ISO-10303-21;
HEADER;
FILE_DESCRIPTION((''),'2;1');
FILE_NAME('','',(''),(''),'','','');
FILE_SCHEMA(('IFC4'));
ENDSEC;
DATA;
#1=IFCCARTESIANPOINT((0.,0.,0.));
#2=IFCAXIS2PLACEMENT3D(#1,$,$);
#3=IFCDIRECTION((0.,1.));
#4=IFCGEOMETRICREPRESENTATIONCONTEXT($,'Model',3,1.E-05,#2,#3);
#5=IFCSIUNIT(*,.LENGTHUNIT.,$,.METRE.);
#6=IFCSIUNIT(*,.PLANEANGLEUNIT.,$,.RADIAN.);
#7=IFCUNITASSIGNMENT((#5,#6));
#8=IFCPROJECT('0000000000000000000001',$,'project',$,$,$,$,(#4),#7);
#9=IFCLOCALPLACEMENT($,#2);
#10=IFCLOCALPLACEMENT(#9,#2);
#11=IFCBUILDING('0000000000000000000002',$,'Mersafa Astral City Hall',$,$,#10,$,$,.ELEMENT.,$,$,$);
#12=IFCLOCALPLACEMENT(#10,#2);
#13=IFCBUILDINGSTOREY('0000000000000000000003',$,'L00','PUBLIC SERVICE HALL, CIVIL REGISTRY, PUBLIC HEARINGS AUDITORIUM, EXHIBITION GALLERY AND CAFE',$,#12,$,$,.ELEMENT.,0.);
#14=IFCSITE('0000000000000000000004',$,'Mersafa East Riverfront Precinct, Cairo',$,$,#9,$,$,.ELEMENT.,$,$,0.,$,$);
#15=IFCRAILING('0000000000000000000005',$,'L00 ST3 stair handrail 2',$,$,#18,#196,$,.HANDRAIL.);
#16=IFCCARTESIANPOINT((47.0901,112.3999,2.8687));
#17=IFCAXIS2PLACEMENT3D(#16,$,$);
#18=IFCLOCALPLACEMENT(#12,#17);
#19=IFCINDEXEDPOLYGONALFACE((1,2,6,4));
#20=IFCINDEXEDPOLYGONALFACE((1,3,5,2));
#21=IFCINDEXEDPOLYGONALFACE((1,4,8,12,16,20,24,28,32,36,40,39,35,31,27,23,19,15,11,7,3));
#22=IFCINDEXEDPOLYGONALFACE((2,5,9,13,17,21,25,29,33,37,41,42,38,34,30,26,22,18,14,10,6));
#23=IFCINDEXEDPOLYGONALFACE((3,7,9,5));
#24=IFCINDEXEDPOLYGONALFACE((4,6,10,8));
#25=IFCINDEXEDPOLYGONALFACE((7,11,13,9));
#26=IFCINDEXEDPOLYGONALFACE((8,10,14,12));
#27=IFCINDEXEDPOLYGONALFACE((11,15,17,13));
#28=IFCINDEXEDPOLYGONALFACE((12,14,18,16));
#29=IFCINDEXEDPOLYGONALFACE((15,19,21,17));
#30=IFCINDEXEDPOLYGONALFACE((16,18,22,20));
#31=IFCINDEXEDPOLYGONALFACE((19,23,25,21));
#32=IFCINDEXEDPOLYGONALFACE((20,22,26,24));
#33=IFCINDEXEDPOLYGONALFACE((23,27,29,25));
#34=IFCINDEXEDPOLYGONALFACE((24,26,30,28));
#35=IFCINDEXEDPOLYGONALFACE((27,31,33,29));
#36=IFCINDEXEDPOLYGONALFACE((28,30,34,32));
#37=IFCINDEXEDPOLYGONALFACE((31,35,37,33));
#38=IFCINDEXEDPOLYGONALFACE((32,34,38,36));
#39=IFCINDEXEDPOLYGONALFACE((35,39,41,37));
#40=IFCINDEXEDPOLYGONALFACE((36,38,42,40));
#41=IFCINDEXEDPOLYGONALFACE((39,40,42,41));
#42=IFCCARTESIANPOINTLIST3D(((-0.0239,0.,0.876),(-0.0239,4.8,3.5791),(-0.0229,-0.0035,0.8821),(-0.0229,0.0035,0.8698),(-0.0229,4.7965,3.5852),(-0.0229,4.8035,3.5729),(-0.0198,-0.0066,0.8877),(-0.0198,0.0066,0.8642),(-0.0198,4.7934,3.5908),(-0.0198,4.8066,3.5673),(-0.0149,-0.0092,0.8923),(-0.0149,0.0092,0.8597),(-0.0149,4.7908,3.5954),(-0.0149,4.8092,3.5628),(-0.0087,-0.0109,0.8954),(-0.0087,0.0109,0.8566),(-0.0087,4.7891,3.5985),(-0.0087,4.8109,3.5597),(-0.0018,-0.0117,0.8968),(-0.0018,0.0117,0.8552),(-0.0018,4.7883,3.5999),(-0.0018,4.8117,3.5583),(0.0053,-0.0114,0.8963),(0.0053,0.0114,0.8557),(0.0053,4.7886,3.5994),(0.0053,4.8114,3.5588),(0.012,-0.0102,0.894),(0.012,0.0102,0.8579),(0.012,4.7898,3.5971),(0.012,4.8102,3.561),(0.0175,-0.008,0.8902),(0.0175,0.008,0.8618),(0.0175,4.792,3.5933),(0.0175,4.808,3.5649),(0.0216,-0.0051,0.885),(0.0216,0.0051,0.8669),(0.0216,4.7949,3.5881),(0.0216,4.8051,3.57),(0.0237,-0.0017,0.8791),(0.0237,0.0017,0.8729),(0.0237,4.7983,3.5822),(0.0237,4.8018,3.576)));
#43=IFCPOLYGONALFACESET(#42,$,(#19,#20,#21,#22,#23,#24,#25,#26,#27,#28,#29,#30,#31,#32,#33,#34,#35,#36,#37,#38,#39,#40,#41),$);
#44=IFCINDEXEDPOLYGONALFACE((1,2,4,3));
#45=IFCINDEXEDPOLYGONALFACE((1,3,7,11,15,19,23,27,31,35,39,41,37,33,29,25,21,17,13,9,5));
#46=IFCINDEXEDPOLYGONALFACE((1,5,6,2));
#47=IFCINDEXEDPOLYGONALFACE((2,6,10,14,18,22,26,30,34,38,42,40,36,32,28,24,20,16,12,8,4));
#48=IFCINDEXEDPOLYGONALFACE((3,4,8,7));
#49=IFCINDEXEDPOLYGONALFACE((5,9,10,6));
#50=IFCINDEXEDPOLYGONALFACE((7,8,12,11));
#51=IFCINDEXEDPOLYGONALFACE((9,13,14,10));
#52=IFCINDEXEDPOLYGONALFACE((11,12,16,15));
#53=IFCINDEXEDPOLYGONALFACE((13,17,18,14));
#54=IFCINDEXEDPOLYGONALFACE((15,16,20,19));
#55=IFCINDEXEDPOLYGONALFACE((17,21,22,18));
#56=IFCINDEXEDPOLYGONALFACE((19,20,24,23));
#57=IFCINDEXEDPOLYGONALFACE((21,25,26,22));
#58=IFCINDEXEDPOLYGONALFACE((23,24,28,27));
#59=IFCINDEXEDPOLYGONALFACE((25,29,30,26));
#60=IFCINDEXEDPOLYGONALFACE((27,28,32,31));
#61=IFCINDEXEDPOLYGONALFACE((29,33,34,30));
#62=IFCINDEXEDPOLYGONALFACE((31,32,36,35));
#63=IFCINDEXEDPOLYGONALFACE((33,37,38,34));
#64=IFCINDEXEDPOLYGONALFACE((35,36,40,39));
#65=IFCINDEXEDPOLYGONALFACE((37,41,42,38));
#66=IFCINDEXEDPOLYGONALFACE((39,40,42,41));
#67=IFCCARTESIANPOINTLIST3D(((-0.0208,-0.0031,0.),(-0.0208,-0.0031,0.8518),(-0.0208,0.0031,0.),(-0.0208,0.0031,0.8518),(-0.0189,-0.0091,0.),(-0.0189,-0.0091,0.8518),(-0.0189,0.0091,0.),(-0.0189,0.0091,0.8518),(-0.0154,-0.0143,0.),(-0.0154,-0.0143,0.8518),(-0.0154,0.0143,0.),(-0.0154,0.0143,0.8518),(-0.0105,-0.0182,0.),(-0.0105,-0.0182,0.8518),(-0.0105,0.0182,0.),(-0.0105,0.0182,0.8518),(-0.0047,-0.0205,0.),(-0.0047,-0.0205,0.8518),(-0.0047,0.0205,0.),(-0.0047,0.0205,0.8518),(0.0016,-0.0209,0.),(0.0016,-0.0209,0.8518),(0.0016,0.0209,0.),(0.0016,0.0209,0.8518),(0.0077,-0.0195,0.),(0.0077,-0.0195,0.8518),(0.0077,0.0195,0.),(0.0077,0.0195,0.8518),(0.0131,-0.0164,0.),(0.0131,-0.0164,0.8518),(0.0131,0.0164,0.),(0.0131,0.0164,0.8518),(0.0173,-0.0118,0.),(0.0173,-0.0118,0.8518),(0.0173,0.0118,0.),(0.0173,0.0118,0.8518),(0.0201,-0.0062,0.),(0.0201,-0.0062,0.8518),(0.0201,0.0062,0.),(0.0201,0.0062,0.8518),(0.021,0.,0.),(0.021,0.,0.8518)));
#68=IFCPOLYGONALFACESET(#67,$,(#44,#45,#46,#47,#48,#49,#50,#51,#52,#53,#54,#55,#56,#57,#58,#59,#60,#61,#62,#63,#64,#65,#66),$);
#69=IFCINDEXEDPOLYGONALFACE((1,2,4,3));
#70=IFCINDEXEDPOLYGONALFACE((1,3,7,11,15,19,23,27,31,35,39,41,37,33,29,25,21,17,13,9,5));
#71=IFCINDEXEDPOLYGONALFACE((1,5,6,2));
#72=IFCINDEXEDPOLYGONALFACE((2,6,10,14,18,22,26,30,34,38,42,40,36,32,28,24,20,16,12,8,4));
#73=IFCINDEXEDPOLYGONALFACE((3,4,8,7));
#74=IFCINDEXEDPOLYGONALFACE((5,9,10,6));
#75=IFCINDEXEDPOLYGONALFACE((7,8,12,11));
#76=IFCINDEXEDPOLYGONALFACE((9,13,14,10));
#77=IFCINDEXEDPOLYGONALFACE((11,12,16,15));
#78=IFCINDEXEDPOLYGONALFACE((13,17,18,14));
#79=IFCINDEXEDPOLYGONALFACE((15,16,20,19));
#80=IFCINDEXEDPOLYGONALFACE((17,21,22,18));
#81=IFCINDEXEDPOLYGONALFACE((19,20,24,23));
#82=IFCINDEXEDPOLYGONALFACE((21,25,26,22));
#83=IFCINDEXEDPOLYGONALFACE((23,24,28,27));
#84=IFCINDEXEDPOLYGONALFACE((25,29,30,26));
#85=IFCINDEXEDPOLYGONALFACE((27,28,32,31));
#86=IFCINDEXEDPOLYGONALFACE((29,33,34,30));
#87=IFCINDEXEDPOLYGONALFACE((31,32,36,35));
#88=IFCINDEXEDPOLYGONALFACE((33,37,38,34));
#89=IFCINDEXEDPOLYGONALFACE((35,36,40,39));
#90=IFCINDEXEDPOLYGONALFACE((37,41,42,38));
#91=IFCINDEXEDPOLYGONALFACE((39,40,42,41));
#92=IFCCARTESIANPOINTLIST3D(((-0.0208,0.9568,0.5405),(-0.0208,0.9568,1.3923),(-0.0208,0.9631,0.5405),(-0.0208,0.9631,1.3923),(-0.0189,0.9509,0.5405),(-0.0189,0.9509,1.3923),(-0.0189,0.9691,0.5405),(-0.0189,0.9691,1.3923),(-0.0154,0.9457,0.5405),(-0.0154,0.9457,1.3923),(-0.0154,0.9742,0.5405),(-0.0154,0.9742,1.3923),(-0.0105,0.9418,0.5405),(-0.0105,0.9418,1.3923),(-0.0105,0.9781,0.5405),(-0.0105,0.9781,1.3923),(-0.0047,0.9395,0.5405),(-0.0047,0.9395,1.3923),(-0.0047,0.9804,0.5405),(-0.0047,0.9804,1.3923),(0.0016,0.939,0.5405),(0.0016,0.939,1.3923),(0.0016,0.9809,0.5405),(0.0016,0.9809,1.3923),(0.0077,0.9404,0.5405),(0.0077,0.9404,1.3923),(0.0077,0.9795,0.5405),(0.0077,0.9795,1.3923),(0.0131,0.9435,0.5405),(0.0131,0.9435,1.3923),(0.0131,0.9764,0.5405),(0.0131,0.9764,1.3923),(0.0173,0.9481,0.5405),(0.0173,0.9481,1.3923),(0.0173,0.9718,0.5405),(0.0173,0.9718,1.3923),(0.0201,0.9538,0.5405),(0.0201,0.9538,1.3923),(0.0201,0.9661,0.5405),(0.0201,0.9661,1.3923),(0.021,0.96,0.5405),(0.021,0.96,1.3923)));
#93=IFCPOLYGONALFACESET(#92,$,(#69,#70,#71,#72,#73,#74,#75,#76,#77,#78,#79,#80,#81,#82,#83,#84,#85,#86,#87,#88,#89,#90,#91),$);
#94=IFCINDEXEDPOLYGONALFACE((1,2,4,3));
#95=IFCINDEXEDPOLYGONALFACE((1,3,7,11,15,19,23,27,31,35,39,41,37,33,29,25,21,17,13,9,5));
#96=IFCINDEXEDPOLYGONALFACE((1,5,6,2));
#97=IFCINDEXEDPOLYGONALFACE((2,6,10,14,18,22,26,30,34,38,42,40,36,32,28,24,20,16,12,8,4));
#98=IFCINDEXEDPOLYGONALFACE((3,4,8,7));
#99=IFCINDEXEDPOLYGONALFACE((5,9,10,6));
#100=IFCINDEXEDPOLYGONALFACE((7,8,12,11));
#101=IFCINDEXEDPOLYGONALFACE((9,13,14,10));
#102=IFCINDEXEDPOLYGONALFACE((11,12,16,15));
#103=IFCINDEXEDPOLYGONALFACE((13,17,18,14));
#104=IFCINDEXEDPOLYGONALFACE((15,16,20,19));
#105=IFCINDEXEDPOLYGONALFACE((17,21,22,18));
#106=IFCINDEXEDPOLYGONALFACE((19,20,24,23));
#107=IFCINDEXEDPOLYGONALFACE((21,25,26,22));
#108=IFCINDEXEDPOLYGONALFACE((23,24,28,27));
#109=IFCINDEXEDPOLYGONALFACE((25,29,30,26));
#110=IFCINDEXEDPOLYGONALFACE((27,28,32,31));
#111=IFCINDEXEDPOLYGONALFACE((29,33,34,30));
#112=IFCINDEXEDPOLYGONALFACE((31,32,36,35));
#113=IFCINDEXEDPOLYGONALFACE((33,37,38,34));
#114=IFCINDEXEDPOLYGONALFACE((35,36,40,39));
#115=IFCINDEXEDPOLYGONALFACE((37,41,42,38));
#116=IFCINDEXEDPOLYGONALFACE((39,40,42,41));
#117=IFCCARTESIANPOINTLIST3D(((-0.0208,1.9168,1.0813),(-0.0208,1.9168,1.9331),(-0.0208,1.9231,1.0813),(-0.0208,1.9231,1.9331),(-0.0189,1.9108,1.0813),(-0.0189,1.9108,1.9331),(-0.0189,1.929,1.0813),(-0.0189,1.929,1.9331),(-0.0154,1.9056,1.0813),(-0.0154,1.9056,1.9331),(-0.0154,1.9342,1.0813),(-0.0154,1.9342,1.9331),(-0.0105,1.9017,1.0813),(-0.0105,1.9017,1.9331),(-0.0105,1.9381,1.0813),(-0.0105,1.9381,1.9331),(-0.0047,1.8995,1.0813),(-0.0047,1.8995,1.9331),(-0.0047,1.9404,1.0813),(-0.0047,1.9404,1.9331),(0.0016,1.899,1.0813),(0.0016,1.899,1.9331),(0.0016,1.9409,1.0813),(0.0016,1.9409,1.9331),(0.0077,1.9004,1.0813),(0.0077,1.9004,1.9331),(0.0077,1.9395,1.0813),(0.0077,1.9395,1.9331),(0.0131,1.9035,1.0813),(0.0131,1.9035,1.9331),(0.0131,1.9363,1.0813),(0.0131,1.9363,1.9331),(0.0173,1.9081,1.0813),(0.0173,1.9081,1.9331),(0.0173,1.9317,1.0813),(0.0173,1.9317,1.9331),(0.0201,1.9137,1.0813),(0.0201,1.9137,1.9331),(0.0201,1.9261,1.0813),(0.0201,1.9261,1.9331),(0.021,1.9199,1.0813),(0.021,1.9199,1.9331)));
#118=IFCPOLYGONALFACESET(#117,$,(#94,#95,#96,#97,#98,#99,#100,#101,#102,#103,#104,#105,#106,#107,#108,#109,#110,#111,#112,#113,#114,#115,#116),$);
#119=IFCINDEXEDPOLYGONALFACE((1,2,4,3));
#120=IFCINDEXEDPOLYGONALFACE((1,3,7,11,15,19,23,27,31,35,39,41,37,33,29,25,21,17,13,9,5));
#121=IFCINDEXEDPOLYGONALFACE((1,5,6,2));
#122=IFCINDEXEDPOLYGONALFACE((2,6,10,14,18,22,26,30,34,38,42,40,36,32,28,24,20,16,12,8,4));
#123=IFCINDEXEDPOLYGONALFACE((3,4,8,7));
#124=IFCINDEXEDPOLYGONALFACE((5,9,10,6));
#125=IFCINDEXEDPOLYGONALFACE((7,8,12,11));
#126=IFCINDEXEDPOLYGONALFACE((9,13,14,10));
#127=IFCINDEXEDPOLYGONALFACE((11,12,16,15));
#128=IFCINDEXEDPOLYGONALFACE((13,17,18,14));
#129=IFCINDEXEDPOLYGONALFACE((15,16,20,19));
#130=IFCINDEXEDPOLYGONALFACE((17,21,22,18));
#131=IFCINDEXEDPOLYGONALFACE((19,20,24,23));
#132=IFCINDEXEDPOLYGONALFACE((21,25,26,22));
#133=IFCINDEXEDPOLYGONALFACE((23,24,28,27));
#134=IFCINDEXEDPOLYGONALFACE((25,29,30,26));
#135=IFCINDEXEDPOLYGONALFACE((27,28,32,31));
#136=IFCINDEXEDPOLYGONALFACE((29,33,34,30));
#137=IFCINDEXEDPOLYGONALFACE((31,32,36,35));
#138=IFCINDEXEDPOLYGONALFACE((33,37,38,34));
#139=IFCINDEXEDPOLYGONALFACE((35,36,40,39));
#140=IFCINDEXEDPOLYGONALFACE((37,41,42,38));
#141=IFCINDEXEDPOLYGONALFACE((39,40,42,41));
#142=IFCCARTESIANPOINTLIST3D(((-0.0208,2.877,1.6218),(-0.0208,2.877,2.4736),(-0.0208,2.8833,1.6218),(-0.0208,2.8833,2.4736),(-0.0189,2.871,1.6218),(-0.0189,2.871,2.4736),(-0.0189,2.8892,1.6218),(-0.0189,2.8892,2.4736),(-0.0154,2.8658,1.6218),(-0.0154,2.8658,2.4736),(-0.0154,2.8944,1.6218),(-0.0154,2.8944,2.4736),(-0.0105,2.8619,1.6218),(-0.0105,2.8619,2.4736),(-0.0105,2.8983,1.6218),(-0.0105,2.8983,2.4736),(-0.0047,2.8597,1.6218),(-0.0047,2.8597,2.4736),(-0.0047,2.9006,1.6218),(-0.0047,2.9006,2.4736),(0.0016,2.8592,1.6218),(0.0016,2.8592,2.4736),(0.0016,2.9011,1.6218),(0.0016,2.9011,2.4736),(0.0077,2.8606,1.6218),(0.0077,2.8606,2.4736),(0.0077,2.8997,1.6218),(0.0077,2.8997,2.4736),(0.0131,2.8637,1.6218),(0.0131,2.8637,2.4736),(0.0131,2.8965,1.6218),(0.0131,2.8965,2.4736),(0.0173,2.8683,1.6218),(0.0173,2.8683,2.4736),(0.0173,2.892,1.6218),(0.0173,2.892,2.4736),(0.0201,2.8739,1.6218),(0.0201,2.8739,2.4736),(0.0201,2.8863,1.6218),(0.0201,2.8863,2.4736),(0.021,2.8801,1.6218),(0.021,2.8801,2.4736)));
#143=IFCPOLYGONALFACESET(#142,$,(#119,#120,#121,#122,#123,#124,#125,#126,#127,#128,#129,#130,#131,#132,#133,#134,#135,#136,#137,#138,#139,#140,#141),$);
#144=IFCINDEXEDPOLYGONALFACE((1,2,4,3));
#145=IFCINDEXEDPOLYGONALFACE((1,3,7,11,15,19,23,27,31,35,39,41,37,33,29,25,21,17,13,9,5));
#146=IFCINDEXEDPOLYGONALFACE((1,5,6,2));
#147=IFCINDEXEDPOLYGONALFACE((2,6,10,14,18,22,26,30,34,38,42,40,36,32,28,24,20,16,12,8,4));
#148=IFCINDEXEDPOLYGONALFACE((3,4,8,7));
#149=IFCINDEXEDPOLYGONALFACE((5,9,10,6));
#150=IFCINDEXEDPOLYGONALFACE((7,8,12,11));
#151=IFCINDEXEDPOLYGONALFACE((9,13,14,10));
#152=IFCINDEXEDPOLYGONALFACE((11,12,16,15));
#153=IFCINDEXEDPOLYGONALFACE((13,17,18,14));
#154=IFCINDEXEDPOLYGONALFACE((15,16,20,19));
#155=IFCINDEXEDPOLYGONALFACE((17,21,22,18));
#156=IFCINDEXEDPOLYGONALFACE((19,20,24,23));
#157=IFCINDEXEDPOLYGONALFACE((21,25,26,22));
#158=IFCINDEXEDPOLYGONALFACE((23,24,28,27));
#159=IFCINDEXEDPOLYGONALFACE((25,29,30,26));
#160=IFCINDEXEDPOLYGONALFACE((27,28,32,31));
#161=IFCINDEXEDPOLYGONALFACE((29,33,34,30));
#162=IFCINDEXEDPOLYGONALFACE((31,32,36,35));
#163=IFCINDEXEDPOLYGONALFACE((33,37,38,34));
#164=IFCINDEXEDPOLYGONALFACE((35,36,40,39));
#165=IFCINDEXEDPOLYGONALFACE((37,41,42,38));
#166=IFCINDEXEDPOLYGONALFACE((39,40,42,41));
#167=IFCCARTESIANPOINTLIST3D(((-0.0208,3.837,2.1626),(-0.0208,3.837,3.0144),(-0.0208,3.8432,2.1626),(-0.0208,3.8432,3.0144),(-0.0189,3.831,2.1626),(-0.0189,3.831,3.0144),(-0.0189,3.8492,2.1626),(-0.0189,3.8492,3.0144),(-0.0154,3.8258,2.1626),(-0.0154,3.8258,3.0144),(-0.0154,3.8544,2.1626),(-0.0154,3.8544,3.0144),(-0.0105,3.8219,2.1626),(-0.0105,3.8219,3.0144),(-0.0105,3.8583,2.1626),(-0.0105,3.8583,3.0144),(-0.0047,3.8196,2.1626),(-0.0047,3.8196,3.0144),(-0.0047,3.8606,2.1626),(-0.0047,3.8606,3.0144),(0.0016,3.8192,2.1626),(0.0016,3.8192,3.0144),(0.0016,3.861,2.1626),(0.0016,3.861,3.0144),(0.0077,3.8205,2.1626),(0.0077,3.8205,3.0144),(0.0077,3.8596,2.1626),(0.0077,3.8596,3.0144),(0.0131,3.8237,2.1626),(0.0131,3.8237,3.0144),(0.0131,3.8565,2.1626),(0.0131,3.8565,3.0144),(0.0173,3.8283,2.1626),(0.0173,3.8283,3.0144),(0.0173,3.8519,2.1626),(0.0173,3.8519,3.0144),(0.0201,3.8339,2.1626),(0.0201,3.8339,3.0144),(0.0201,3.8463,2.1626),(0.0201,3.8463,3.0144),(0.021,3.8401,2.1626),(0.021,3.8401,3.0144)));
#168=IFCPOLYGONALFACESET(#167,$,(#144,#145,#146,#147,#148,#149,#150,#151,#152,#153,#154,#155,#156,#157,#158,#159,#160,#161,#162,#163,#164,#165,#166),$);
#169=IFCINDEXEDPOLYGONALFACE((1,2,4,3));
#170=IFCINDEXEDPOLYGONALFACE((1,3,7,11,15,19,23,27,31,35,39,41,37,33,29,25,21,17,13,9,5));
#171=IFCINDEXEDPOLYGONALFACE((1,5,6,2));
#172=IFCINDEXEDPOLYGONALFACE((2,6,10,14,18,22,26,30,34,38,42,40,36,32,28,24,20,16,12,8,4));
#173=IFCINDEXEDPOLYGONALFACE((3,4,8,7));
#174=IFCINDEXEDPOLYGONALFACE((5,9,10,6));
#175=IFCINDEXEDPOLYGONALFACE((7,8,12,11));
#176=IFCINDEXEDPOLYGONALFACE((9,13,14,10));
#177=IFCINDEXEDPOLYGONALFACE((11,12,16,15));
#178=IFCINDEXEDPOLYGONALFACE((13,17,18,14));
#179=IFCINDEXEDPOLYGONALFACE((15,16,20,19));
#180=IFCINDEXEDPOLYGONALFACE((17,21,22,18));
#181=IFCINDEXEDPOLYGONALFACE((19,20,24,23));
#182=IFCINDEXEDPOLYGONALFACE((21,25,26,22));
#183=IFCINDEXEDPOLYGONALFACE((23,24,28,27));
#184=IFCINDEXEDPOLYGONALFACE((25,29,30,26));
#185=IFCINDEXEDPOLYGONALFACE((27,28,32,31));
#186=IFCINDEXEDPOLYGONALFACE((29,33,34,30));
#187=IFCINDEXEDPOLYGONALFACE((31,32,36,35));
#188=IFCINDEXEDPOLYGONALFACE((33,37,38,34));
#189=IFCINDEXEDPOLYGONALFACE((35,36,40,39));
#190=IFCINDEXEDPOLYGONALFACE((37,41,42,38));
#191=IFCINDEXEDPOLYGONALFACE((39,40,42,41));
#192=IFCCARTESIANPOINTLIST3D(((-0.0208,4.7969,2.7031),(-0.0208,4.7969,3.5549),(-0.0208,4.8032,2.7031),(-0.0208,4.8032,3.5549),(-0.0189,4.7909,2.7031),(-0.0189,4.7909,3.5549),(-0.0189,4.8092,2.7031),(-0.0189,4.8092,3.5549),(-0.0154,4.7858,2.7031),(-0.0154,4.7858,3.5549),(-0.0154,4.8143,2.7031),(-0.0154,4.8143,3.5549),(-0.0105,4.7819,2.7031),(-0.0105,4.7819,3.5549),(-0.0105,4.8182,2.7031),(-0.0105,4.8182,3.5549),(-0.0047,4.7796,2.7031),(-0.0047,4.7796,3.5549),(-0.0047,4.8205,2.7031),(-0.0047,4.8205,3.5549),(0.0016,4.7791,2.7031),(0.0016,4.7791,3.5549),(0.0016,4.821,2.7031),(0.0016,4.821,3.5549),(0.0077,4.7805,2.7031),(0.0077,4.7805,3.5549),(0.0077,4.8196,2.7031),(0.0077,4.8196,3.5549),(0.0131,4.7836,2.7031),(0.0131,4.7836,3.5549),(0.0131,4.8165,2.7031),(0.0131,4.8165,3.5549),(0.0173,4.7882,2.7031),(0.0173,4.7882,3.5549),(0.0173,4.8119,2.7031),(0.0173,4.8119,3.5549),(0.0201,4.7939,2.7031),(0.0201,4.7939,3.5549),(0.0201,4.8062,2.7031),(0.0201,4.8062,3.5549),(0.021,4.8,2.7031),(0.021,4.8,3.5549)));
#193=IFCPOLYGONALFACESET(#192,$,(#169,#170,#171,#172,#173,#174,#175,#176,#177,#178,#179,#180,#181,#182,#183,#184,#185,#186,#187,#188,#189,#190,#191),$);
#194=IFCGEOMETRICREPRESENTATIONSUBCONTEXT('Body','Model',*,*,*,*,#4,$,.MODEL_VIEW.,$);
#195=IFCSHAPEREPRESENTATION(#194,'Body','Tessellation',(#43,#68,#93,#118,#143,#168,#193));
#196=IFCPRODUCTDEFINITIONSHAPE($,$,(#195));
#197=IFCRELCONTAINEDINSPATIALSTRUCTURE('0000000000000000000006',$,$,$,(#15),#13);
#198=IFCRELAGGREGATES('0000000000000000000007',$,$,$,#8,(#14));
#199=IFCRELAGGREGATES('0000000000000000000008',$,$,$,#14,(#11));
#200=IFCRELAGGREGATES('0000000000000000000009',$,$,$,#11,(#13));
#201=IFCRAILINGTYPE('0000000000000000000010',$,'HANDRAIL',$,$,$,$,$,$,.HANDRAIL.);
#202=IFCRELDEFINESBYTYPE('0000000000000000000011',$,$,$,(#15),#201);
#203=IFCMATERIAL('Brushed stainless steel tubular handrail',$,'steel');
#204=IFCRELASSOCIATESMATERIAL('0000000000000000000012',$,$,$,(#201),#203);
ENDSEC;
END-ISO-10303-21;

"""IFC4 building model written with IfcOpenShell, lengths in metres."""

from ifc_helpers import new_model, si_unit, direction, frame, origin, origin_2d, place, context, subcontext, project, spatial, circle, extrude, material, type_object, element, save


model = new_model("IFC4")

# Units and contexts
model_context = context("Model", 3, precision=1e-05, world=origin(), true_north=direction((0.0, 1.0)))
body_context = subcontext(model_context, "Body", "Model", "MODEL_VIEW")
ifc_project = project(units=[si_unit("LENGTHUNIT", "METRE"), si_unit("PLANEANGLEUNIT", "RADIAN")], contexts=[model_context])

# Site, building, storey
site_placement = place(None, origin())
site = spatial("IfcSite", under=ifc_project, at=site_placement, Name="Mersafa East Riverfront Precinct, Cairo", CompositionType="ELEMENT", RefElevation=0.0)
building_placement = place(site_placement, origin())
building = spatial("IfcBuilding", under=site, at=building_placement, Name="Mersafa Astral City Hall", CompositionType="ELEMENT")
storey_placement = place(building_placement, origin())
storey = spatial("IfcBuildingStorey", under=building, at=storey_placement, Name="L00", Description="PUBLIC SERVICE HALL, CIVIL REGISTRY, PUBLIC HEARINGS AUDITORIUM, EXHIBITION GALLERY AND CAFE", CompositionType="ELEMENT", Elevation=0.0)

# Railing
ifc_material_1 = material(Name="Brushed stainless steel tubular handrail", Category="steel")
railing_type_1 = type_object("IfcRailingType", Name="HANDRAIL", PredefinedType="HANDRAIL", material=ifc_material_1)
railing_1_placement = place(storey_placement, frame((47.0901, 112.3999, 2.8687)))
element("IfcRailing", 1, at=railing_1_placement, inside=storey, type_object=railing_type_1, Name="L00 ST3 stair handrail 2", PredefinedType="HANDRAIL", context=body_context, shape_type="SweptSolid", body=[
    extrude(circle(Radius=0.0239, at=origin_2d()), frame((0.0, 0.0, 0.876), z_axis=(0.0, 0.871335, 0.490688), x_axis=(-1.0, 0.0, 0.0)), (0.0, 0.0, 1.0), 5.5088),
    extrude(circle(Radius=0.021, at=origin_2d()), origin(), (0.0, 0.0, 1.0), 0.8518),
    extrude(circle(Radius=0.021, at=origin_2d()), frame((0.0, 0.96, 0.5405)), (0.0, 0.0, 1.0), 0.8518),
    extrude(circle(Radius=0.021, at=origin_2d()), frame((0.0, 1.9199, 1.0813)), (0.0, 0.0, 1.0), 0.8518),
    extrude(circle(Radius=0.021, at=origin_2d()), frame((0.0, 2.8801, 1.6218)), (0.0, 0.0, 1.0), 0.8518),
    extrude(circle(Radius=0.021, at=origin_2d()), frame((0.0, 3.8401, 2.1626)), (0.0, 0.0, 1.0), 0.8518),
    extrude(circle(Radius=0.021, at=origin_2d()), frame((0.0, 4.8, 2.7031)), (0.0, 0.0, 1.0), 0.8518),
])

save(model, "model.ifc")
